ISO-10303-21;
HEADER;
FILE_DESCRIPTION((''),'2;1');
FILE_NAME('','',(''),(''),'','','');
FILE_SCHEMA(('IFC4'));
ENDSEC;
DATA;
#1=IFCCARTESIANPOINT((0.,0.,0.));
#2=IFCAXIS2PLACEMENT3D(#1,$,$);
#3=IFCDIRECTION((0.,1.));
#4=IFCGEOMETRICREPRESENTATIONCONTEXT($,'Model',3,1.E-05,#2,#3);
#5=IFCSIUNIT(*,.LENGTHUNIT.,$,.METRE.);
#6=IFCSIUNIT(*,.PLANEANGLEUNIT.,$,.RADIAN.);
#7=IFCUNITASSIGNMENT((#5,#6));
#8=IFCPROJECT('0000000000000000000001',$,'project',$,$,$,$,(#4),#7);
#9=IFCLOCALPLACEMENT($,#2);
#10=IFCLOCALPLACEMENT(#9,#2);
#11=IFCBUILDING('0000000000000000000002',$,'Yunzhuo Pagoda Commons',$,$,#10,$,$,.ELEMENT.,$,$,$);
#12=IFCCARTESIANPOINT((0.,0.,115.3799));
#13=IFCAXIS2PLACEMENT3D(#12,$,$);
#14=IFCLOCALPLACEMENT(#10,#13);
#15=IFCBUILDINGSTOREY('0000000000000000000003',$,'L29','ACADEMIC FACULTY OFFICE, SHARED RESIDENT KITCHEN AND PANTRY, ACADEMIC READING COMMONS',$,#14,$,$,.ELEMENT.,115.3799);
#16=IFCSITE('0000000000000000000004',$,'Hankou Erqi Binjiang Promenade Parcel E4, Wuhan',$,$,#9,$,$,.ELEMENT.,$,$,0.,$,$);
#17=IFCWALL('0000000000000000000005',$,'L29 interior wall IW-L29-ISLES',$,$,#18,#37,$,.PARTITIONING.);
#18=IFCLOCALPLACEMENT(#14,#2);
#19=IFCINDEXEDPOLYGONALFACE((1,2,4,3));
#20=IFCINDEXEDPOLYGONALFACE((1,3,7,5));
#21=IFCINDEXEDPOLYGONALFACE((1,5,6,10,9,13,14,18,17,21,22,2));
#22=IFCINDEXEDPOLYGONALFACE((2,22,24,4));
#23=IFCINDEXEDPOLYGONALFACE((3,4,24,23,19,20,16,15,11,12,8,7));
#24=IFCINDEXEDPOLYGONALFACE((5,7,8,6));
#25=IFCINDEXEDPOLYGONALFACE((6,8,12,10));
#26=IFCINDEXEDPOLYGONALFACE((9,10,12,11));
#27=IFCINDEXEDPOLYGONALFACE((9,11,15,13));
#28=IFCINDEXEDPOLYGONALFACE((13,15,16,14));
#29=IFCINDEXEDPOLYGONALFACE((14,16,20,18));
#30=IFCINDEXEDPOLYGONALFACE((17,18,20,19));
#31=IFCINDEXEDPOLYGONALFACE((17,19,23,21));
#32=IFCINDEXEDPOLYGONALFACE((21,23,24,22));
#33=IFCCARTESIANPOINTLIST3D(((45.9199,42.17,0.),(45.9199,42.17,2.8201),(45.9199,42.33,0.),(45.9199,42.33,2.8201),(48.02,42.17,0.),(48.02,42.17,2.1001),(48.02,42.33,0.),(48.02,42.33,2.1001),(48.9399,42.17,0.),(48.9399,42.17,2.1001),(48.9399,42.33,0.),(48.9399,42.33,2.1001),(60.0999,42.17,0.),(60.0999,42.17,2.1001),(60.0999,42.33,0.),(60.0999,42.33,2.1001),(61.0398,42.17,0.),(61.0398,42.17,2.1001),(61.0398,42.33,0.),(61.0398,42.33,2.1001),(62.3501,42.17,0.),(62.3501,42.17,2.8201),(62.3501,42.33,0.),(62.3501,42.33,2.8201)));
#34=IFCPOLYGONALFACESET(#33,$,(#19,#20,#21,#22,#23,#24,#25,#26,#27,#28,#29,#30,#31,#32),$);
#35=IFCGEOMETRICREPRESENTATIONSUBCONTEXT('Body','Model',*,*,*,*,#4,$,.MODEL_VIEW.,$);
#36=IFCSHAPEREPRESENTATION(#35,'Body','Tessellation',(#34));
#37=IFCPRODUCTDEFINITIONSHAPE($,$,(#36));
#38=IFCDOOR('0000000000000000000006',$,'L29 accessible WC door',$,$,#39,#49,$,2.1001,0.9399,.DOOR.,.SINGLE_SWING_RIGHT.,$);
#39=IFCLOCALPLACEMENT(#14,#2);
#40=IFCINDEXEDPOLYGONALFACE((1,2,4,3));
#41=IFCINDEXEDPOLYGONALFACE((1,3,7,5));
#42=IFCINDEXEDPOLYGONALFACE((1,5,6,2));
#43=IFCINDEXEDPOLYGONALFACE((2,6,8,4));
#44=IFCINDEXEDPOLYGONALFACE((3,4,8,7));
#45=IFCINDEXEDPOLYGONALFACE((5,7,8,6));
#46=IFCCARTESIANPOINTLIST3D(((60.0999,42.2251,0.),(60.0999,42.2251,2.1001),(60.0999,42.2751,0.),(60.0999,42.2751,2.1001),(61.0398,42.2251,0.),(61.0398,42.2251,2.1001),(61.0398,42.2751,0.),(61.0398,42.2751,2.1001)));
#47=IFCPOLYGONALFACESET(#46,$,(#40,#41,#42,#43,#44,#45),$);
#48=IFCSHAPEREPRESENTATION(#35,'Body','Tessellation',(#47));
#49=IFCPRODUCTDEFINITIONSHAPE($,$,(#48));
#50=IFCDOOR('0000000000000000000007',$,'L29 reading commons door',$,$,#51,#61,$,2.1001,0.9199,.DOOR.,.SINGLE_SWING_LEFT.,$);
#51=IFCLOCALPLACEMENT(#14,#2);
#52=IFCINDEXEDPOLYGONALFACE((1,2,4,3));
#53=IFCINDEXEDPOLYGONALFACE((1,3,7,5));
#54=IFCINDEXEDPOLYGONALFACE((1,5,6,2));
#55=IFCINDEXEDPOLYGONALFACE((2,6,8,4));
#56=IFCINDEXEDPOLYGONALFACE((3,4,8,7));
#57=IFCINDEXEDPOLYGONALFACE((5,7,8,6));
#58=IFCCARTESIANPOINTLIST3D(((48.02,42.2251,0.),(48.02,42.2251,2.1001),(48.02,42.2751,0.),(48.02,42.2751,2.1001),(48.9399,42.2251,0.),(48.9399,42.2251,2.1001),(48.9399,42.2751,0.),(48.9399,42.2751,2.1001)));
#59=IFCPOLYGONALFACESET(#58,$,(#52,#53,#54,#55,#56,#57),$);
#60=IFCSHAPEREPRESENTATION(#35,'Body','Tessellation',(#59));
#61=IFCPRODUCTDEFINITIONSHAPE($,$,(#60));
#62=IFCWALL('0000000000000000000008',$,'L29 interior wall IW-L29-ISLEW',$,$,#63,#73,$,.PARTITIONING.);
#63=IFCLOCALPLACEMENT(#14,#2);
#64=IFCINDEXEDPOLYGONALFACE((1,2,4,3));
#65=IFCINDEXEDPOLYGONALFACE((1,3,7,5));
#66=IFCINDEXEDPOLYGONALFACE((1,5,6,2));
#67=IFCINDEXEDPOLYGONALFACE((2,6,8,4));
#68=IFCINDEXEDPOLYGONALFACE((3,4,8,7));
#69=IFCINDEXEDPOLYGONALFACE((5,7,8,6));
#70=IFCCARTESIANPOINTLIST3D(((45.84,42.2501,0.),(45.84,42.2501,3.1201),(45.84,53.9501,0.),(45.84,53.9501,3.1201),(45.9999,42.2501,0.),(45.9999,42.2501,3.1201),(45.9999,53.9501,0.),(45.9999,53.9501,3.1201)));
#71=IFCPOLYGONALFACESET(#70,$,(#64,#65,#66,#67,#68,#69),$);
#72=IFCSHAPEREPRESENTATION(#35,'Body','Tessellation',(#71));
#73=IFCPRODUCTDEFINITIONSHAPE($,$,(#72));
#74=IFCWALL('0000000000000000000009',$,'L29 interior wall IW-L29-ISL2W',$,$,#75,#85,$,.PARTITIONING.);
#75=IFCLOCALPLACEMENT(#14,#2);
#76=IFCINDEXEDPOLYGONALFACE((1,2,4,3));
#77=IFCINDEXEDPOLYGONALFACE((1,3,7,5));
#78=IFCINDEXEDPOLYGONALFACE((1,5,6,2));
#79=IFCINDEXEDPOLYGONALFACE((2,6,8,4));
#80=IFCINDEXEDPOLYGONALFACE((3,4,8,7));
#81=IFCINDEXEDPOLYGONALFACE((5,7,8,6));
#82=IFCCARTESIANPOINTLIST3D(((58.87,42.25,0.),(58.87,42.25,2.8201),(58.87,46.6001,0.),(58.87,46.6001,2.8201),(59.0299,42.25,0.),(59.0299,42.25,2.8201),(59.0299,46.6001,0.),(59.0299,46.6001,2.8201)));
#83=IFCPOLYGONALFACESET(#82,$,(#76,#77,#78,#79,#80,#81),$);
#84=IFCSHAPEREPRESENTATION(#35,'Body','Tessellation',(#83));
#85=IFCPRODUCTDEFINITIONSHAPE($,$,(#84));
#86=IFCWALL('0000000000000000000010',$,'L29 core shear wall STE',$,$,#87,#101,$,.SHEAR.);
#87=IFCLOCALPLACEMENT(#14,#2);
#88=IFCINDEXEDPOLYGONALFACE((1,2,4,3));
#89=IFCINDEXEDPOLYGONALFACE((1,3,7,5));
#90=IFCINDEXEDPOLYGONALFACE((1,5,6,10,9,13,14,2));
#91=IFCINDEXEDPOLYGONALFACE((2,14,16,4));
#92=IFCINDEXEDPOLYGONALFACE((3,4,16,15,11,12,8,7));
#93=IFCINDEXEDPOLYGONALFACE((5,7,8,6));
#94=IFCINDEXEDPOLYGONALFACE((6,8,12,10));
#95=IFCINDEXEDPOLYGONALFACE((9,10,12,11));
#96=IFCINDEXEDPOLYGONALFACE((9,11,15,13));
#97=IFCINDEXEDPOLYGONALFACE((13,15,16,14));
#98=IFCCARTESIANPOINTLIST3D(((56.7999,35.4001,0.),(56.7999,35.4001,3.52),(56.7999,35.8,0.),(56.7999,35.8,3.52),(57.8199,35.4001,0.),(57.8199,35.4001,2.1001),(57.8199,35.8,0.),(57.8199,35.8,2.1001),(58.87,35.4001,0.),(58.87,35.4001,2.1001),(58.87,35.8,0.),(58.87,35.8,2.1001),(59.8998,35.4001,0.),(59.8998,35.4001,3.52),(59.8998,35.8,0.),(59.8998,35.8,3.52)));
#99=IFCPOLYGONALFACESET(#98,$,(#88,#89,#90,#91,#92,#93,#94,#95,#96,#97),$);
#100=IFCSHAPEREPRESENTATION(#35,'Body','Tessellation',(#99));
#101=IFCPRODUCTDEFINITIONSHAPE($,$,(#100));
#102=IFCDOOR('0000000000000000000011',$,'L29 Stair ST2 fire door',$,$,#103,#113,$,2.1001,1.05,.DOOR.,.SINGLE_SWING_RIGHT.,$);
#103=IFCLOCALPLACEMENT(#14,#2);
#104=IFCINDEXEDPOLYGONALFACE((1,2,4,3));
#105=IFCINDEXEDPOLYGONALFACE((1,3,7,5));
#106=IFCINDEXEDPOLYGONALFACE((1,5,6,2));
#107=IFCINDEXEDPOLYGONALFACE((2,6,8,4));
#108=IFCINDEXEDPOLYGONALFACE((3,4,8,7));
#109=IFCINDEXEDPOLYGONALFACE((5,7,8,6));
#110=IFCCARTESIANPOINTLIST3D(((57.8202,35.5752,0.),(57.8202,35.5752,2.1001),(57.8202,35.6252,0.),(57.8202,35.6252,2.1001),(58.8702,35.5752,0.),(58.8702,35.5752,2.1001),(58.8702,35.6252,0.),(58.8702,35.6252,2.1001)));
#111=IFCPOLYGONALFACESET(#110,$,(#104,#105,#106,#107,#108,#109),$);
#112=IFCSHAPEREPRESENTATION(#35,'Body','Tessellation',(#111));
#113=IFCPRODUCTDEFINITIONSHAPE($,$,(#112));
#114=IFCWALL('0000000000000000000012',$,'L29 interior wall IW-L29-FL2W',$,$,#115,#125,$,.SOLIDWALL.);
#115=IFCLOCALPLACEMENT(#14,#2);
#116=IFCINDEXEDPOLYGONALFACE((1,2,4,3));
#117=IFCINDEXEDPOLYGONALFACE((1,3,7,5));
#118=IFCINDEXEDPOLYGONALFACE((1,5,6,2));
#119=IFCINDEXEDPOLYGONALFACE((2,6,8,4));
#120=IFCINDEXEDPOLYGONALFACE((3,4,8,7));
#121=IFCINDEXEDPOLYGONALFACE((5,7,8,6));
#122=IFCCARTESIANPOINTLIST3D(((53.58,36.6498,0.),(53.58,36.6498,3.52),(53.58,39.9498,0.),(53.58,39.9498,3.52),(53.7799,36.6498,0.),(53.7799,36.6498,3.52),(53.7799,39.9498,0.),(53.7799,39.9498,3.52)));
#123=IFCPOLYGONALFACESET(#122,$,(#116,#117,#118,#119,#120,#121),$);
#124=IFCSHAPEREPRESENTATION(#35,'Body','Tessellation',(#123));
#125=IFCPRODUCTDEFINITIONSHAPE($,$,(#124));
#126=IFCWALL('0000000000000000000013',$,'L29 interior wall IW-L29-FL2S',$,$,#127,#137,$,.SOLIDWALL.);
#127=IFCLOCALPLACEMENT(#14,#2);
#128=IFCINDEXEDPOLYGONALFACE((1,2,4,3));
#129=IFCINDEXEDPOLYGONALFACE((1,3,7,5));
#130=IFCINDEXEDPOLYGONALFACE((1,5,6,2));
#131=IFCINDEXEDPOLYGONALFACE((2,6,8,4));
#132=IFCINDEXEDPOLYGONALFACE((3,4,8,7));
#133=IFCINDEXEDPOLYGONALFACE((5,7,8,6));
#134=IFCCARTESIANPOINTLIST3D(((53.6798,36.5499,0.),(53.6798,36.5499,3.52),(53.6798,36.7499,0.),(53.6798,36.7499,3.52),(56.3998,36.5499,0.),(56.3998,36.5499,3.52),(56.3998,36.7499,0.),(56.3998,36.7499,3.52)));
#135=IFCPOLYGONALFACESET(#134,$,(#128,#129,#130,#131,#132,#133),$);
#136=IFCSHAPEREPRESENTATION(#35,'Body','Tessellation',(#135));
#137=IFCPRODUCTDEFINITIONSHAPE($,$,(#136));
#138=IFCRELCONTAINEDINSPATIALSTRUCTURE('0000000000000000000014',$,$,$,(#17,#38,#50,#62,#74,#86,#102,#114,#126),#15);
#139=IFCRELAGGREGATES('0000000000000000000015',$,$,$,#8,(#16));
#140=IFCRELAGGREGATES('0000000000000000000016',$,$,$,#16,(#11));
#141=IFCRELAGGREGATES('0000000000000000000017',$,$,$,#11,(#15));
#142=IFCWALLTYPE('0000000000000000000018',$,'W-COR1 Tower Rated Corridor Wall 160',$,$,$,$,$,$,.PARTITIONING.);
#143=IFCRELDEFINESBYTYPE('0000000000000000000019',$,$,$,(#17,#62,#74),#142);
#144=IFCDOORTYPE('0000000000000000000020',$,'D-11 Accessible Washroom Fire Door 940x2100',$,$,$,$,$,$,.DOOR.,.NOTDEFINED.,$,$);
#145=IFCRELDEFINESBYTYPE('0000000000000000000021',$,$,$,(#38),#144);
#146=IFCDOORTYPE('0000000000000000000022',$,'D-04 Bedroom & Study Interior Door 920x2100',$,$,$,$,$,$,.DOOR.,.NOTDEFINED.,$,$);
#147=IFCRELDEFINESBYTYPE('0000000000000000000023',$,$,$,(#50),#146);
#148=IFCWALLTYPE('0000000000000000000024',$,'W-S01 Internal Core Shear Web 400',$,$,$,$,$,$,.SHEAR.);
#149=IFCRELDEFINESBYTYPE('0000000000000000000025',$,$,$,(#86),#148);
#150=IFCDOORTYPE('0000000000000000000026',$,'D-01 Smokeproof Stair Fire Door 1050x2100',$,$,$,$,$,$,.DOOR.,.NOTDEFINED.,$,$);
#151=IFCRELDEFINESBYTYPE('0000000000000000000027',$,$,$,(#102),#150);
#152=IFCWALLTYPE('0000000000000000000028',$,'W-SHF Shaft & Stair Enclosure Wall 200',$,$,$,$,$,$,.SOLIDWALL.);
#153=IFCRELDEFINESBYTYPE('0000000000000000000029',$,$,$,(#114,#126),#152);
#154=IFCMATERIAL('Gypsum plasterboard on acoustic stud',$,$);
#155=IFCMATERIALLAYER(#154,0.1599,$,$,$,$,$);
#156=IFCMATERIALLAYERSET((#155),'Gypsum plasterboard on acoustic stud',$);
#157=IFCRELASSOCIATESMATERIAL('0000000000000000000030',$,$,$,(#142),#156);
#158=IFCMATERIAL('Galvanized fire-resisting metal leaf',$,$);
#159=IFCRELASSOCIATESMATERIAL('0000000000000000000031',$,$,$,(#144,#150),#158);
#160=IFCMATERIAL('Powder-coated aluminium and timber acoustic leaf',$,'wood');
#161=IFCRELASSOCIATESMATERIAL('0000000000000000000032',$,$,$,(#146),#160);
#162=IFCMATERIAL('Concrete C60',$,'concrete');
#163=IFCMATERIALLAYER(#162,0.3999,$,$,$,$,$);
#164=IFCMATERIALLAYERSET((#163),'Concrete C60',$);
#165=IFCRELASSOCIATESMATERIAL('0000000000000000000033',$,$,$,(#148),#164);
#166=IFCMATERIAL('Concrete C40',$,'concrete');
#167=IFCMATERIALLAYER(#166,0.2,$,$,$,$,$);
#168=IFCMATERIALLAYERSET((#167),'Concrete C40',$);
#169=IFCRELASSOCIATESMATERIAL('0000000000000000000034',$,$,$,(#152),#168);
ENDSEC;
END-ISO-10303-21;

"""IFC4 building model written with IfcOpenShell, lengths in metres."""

from ifc_helpers import new_model, si_unit, direction, frame, frame_2d, origin, place, context, subcontext, project, spatial, rectangle, extrude, source, transform, mapped, material, layer, layer_set, type_object, element, fill, save


model = new_model("IFC4")

# Units and contexts
model_context = context("Model", 3, precision=1e-05, world=origin(), true_north=direction((0.0, 1.0)))
body_context = subcontext(model_context, "Body", "Model", "MODEL_VIEW")
ifc_project = project(units=[si_unit("LENGTHUNIT", "METRE"), si_unit("PLANEANGLEUNIT", "RADIAN")], contexts=[model_context])

# Site, building, storey
site_placement = place(None, origin())
site = spatial("IfcSite", under=ifc_project, at=site_placement, Name="Hankou Erqi Binjiang Promenade Parcel E4, Wuhan", CompositionType="ELEMENT", RefElevation=0.0)
building_placement = place(site_placement, origin())
building = spatial("IfcBuilding", under=site, at=building_placement, Name="Yunzhuo Pagoda Commons", CompositionType="ELEMENT")
storey_placement = place(building_placement, frame((0.0, 0.0, 115.3799)))
storey = spatial("IfcBuildingStorey", under=building, at=storey_placement, Name="L29", Description="ACADEMIC FACULTY OFFICE, SHARED RESIDENT KITCHEN AND PANTRY, ACADEMIC READING COMMONS", CompositionType="ELEMENT", Elevation=115.3799)

# Shared definitions
ifc_material_1 = material(Name="Concrete C60", Category="concrete")
ifc_material_2 = material(Name="Galvanized fire-resisting metal leaf")
shared_shape_1 = source(origin(), body_context, "Body", "SweptSolid", [
    extrude(rectangle(XDim=1.05, YDim=2.1001, at=frame_2d((0.5249, 1.05))), frame((0.0, 0.0249, 0.0), z_axis=(0.0, -1.0, 0.0), x_axis=(1.0, 0.0, 0.0)), (0.0, 0.0, 1.0), 0.05),
])

# Wall, openings, doors
ifc_material_3 = material(Name="Gypsum plasterboard on acoustic stud")
ifc_layer_1 = layer(ifc_material_3, 0.1599)
ifc_layer_set_1 = layer_set([ifc_layer_1], Name="Gypsum plasterboard on acoustic stud")
wall_type_1 = type_object("IfcWallType", Name="W-COR1 Tower Rated Corridor Wall 160", PredefinedType="PARTITIONING", material=ifc_layer_set_1)
wall_1_placement = place(storey_placement, frame((45.9199, 42.25, 0.0), z_axis=(0.0, 0.0, 1.0), x_axis=(1.0, 0.0, 0.0)))
wall_1 = element("IfcWall", 1, at=wall_1_placement, inside=storey, type_object=wall_type_1, Name="L29 interior wall IW-L29-ISLES", PredefinedType="PARTITIONING", context=body_context, shape_type="SweptSolid", body=[
    extrude(rectangle(XDim=16.4302, YDim=0.1599, at=frame_2d((8.2151, 0.0))), origin(), (0.0, 0.0, 1.0), 2.8201),
])
opening_1_placement = place(wall_1_placement, frame((2.1001, 0.0, 0.0)))
opening_1 = element("IfcOpeningElement", 2, at=opening_1_placement, cuts=wall_1, PredefinedType="OPENING", context=body_context, shape_type="SweptSolid", body=[
    extrude(rectangle(XDim=0.9199, YDim=2.1001, at=frame_2d((0.46, 1.05))), frame((0.0, 0.0898, 0.0), z_axis=(0.0, -1.0, 0.0), x_axis=(1.0, 0.0, 0.0)), (0.0, 0.0, 1.0), 0.1799),
])
opening_2_placement = place(wall_1_placement, frame((14.1799, 0.0, 0.0)))
opening_2 = element("IfcOpeningElement", 3, at=opening_2_placement, cuts=wall_1, PredefinedType="OPENING", context=body_context, shape_type="SweptSolid", body=[
    extrude(rectangle(XDim=0.9399, YDim=2.1001, at=frame_2d((0.47, 1.05))), frame((0.0, 0.0898, 0.0), z_axis=(0.0, -1.0, 0.0), x_axis=(1.0, 0.0, 0.0)), (0.0, 0.0, 1.0), 0.1799),
])
door_type_1 = type_object("IfcDoorType", Name="D-11 Accessible Washroom Fire Door 940x2100", OperationType="NOTDEFINED", PredefinedType="DOOR", material=ifc_material_2)
shared_shape_2 = source(origin(), body_context, "Body", "SweptSolid", [
    extrude(rectangle(XDim=0.9399, YDim=2.1001, at=frame_2d((0.47, 1.05))), frame((0.0, 0.0249, 0.0), z_axis=(0.0, -1.0, 0.0), x_axis=(1.0, 0.0, 0.0)), (0.0, 0.0, 1.0), 0.05),
])
door_1_placement = place(opening_2_placement, frame((0.9399, 0.0, 0.0), z_axis=(0.0, 0.0, 1.0), x_axis=(-1.0, 0.0, 0.0)))
door_1 = element("IfcDoor", 4, at=door_1_placement, inside=storey, type_object=door_type_1, Name="L29 accessible WC door", OperationType="SINGLE_SWING_RIGHT", OverallHeight=2.1001, OverallWidth=0.9399, PredefinedType="DOOR", context=body_context, shape_type="MappedRepresentation", body=[
    mapped(shared_shape_2, transform((0.0, 0.0, 0.0), scale=1.0)),
])
fill(opening_2, door_1)
ifc_material_4 = material(Name="Powder-coated aluminium and timber acoustic leaf", Category="wood")
door_type_2 = type_object("IfcDoorType", Name="D-04 Bedroom & Study Interior Door 920x2100", OperationType="NOTDEFINED", PredefinedType="DOOR", material=ifc_material_4)
shared_shape_3 = source(origin(), body_context, "Body", "SweptSolid", [
    extrude(rectangle(XDim=0.9199, YDim=2.1001, at=frame_2d((0.46, 1.05))), frame((0.0, 0.0249, 0.0), z_axis=(0.0, -1.0, 0.0), x_axis=(1.0, 0.0, 0.0)), (0.0, 0.0, 1.0), 0.05),
])
door_2_placement = place(opening_1_placement, frame((0.9199, 0.0, 0.0), z_axis=(0.0, 0.0, 1.0), x_axis=(-1.0, 0.0, 0.0)))
door_2 = element("IfcDoor", 5, at=door_2_placement, inside=storey, type_object=door_type_2, Name="L29 reading commons door", OperationType="SINGLE_SWING_LEFT", OverallHeight=2.1001, OverallWidth=0.9199, PredefinedType="DOOR", context=body_context, shape_type="MappedRepresentation", body=[
    mapped(shared_shape_3, transform((0.0, 0.0, 0.0), scale=1.0)),
])
fill(opening_1, door_2)

# Walls
wall_2_placement = place(storey_placement, frame((45.9199, 42.25, 0.0), z_axis=(0.0, 0.0, 1.0), x_axis=(0.0, 1.0, 0.0)))
element("IfcWall", 6, at=wall_2_placement, inside=storey, type_object=wall_type_1, Name="L29 interior wall IW-L29-ISLEW", PredefinedType="PARTITIONING", context=body_context, shape_type="SweptSolid", body=[
    extrude(rectangle(XDim=11.7, YDim=0.1599, at=frame_2d((5.8501, 0.0))), origin(), (0.0, 0.0, 1.0), 3.1201),
])
wall_3_placement = place(storey_placement, frame((58.95, 42.25, 0.0), z_axis=(0.0, 0.0, 1.0), x_axis=(0.0, 1.0, 0.0)))
element("IfcWall", 7, at=wall_3_placement, inside=storey, type_object=wall_type_1, Name="L29 interior wall IW-L29-ISL2W", PredefinedType="PARTITIONING", context=body_context, shape_type="SweptSolid", body=[
    extrude(rectangle(XDim=4.3501, YDim=0.1599, at=frame_2d((2.175, 0.0))), origin(), (0.0, 0.0, 1.0), 2.8201),
])

# Wall, opening, door
ifc_layer_2 = layer(ifc_material_1, 0.3999)
ifc_layer_set_2 = layer_set([ifc_layer_2], Name="Concrete C60")
wall_type_2 = type_object("IfcWallType", Name="W-S01 Internal Core Shear Web 400", PredefinedType="SHEAR", material=ifc_layer_set_2)
wall_4_placement = place(storey_placement, frame((56.8, 35.6001, 0.0), z_axis=(0.0, 0.0, 1.0), x_axis=(1.0, 0.0, 0.0)))
wall_4 = element("IfcWall", 8, at=wall_4_placement, inside=storey, type_object=wall_type_2, Name="L29 core shear wall STE", PredefinedType="SHEAR", context=body_context, shape_type="SweptSolid", body=[
    extrude(rectangle(XDim=3.0999, YDim=0.3999, at=frame_2d((1.5498, 0.0))), origin(), (0.0, 0.0, 1.0), 3.52),
])
opening_3_placement = place(wall_4_placement, frame((1.02, 0.0, 0.0)))
opening_3 = element("IfcOpeningElement", 9, at=opening_3_placement, cuts=wall_4, PredefinedType="OPENING", context=body_context, shape_type="SweptSolid", body=[
    extrude(rectangle(XDim=1.05, YDim=2.1001, at=frame_2d((0.5249, 1.05))), frame((0.0, 0.21, 0.0), z_axis=(0.0, -1.0, 0.0), x_axis=(1.0, 0.0, 0.0)), (0.0, 0.0, 1.0), 0.4199),
])
door_type_3 = type_object("IfcDoorType", Name="D-01 Smokeproof Stair Fire Door 1050x2100", OperationType="NOTDEFINED", PredefinedType="DOOR", material=ifc_material_2)
door_3_placement = place(opening_3_placement, frame((1.05, 0.0, 0.0), z_axis=(0.0, 0.0, 1.0), x_axis=(-1.0, 0.0, 0.0)))
door_3 = element("IfcDoor", 10, at=door_3_placement, inside=storey, type_object=door_type_3, Name="L29 Stair ST2 fire door", OperationType="SINGLE_SWING_RIGHT", OverallHeight=2.1001, OverallWidth=1.05, PredefinedType="DOOR", context=body_context, shape_type="MappedRepresentation", body=[
    mapped(shared_shape_1, transform((0.0, 0.0, 0.0), scale=1.0)),
])
fill(opening_3, door_3)

# Walls
ifc_material_5 = material(Name="Concrete C40", Category="concrete")
ifc_layer_3 = layer(ifc_material_5, 0.2)
ifc_layer_set_3 = layer_set([ifc_layer_3], Name="Concrete C40")
wall_type_3 = type_object("IfcWallType", Name="W-SHF Shaft & Stair Enclosure Wall 200", PredefinedType="SOLIDWALL", material=ifc_layer_set_3)
wall_5_placement = place(storey_placement, frame((53.6799, 36.6499, 0.0), z_axis=(0.0, 0.0, 1.0), x_axis=(0.0, 1.0, 0.0)))
element("IfcWall", 11, at=wall_5_placement, inside=storey, type_object=wall_type_3, Name="L29 interior wall IW-L29-FL2W", PredefinedType="SOLIDWALL", context=body_context, shape_type="SweptSolid", body=[
    extrude(rectangle(XDim=3.3, YDim=0.2, at=frame_2d((1.6499, 0.0))), origin(), (0.0, 0.0, 1.0), 3.52),
])
wall_6_placement = place(storey_placement, frame((53.6799, 36.6499, 0.0), z_axis=(0.0, 0.0, 1.0), x_axis=(1.0, 0.0, 0.0)))
element("IfcWall", 12, at=wall_6_placement, inside=storey, type_object=wall_type_3, Name="L29 interior wall IW-L29-FL2S", PredefinedType="SOLIDWALL", context=body_context, shape_type="SweptSolid", body=[
    extrude(rectangle(XDim=2.72, YDim=0.2, at=frame_2d((1.3599, 0.0))), origin(), (0.0, 0.0, 1.0), 3.52),
])

save(model, "model.ifc")
